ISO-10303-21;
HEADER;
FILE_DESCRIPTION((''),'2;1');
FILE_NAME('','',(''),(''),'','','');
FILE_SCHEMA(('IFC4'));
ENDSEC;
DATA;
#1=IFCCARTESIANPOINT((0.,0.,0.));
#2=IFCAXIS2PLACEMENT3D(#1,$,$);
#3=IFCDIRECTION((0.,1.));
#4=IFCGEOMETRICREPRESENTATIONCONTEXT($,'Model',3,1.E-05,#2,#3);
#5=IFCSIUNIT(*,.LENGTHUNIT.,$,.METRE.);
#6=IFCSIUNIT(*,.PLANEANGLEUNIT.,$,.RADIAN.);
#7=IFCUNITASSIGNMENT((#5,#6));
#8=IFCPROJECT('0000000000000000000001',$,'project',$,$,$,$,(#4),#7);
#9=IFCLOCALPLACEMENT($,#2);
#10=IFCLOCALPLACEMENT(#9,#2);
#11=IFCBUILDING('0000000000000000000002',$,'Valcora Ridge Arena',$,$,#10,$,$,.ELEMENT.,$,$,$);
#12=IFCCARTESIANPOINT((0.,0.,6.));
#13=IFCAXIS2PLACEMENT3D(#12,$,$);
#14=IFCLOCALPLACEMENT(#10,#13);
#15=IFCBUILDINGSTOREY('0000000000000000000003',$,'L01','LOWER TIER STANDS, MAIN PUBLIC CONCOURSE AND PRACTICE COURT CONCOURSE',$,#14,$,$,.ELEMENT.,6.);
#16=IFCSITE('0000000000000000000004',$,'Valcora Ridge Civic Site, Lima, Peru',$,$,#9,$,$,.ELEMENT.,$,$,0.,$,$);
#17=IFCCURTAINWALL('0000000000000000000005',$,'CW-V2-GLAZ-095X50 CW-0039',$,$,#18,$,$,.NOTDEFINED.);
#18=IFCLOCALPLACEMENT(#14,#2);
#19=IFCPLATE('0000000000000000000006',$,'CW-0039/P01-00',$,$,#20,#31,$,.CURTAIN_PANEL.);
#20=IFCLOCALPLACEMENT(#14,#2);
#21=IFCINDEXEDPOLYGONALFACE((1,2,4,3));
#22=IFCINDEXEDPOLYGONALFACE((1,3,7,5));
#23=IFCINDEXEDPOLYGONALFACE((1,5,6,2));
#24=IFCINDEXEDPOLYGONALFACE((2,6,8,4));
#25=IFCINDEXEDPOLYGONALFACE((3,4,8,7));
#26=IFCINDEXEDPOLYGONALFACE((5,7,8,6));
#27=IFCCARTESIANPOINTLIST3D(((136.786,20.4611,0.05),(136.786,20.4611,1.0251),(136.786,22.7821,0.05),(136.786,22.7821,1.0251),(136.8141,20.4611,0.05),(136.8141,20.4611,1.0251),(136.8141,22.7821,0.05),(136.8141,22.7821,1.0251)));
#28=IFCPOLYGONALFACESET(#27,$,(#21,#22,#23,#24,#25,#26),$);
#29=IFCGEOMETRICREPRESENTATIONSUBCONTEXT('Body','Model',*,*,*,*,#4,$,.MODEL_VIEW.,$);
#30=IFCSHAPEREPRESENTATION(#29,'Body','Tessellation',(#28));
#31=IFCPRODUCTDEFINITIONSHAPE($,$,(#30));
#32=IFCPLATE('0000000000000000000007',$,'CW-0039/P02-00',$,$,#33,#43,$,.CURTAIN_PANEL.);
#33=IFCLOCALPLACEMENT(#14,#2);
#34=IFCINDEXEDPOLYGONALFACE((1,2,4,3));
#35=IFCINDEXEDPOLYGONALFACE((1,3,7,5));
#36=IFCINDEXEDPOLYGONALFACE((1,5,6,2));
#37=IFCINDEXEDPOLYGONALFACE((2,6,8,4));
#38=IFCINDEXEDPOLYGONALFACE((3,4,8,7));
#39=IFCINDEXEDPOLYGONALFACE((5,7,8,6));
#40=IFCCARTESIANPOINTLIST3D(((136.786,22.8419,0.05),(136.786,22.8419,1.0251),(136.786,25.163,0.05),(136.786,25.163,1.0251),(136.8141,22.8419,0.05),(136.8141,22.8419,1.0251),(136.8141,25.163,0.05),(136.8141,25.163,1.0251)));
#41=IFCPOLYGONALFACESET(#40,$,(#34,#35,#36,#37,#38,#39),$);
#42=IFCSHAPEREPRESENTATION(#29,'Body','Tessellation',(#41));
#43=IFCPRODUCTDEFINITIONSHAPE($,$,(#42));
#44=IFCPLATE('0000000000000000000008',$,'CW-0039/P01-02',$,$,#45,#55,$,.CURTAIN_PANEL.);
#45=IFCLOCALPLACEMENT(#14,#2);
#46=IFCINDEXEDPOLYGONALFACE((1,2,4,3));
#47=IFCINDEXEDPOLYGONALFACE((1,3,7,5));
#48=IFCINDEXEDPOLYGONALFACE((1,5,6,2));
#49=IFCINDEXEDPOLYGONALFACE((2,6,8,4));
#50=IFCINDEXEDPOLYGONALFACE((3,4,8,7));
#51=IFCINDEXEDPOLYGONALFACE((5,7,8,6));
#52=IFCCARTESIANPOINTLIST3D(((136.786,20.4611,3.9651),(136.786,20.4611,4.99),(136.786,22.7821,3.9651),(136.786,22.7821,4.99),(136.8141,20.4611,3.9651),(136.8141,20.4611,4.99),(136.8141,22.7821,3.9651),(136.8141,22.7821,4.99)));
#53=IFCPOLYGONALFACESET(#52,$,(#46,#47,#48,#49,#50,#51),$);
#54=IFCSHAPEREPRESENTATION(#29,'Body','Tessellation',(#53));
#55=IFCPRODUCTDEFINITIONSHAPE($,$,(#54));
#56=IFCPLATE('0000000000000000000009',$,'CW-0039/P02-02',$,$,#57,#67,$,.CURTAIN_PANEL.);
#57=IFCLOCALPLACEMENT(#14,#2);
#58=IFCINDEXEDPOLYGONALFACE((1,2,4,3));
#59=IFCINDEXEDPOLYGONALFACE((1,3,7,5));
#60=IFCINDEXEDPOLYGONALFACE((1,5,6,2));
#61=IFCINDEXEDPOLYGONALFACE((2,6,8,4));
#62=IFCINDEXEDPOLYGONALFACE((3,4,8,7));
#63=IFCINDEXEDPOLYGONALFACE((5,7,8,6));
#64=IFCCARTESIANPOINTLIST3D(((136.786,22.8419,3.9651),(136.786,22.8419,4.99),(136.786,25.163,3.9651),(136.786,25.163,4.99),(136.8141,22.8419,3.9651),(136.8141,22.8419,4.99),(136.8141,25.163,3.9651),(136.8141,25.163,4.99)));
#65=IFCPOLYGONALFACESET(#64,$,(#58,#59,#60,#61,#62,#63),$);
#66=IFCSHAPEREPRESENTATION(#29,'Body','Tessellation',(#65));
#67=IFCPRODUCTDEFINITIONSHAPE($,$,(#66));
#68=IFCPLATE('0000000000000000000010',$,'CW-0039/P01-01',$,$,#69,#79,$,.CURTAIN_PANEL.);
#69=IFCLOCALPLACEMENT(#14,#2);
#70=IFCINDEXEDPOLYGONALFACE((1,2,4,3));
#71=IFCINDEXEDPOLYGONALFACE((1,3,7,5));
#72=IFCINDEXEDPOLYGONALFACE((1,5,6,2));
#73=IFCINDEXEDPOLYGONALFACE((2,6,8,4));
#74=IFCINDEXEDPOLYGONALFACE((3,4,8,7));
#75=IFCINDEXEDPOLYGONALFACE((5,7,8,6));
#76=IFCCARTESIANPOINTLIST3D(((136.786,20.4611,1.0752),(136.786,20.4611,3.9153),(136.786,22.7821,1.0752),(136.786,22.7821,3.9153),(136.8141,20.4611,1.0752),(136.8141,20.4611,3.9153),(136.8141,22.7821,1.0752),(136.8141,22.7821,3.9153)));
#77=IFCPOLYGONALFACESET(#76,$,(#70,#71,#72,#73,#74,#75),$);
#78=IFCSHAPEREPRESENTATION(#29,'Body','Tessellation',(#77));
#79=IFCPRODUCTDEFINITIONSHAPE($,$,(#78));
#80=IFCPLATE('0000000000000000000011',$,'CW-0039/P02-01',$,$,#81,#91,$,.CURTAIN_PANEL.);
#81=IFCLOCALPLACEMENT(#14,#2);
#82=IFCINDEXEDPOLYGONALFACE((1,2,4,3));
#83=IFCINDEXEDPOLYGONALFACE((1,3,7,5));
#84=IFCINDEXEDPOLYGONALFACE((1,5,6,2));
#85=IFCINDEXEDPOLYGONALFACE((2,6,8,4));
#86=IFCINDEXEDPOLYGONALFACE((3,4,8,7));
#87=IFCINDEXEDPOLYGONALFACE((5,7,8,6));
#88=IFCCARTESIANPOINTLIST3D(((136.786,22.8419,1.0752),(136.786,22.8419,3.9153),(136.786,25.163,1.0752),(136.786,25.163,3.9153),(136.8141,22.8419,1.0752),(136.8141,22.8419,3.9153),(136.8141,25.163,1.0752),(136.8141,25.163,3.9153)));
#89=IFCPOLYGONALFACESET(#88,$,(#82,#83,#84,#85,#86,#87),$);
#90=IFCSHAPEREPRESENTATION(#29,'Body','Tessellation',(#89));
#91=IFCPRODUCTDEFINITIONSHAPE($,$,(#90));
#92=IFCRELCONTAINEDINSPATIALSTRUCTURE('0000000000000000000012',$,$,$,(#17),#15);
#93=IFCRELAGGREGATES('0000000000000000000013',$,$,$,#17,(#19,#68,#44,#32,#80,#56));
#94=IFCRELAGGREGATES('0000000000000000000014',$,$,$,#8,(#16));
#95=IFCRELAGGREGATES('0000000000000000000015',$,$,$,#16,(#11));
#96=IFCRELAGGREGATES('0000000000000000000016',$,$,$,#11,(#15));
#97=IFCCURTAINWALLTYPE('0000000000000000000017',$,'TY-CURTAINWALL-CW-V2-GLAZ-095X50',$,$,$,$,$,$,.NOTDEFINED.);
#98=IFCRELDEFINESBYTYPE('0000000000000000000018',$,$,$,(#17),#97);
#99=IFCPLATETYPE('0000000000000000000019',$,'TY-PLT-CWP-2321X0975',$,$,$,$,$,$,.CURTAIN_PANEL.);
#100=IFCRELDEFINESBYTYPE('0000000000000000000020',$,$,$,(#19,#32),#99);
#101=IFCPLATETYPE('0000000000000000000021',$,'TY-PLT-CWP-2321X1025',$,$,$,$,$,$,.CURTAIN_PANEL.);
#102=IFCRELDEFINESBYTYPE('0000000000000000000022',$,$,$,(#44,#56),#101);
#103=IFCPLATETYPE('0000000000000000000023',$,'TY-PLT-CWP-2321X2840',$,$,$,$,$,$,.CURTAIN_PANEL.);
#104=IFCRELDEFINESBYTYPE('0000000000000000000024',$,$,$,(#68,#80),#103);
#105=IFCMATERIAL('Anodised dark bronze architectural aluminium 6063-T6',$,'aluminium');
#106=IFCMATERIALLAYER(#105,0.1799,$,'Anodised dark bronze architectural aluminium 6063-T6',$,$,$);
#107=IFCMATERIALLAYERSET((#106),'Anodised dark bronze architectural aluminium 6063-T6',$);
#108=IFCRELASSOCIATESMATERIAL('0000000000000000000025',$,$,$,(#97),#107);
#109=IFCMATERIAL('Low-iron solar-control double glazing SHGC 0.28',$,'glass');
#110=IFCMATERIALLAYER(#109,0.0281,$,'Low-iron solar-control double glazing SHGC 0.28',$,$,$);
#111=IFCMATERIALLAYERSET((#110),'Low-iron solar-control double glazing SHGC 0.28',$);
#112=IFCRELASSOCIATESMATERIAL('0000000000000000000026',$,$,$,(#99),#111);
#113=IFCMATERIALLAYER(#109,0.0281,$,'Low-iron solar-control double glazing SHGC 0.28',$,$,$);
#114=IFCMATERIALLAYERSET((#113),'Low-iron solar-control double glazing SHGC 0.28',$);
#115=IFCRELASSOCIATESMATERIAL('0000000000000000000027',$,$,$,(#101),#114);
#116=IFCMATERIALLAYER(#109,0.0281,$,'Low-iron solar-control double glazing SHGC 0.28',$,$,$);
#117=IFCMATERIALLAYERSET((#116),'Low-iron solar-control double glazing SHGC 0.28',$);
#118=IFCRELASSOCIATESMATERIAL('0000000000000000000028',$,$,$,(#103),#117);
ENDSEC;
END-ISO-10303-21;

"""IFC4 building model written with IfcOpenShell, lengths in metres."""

from ifc_helpers import new_model, si_unit, direction, frame, origin, origin_2d, place, context, subcontext, project, spatial, rectangle, extrude, material, layer, layer_set, type_object, element, aggregate, save


model = new_model("IFC4")

# Units and contexts
model_context = context("Model", 3, precision=1e-05, world=origin(), true_north=direction((0.0, 1.0)))
body_context = subcontext(model_context, "Body", "Model", "MODEL_VIEW")
ifc_project = project(units=[si_unit("LENGTHUNIT", "METRE"), si_unit("PLANEANGLEUNIT", "RADIAN")], contexts=[model_context])

# Site, building, storey
site_placement = place(None, origin())
site = spatial("IfcSite", under=ifc_project, at=site_placement, Name="Valcora Ridge Civic Site, Lima, Peru", CompositionType="ELEMENT", RefElevation=0.0)
building_placement = place(site_placement, origin())
building = spatial("IfcBuilding", under=site, at=building_placement, Name="Valcora Ridge Arena", CompositionType="ELEMENT")
storey_placement = place(building_placement, frame((0.0, 0.0, 6.0)))
storey = spatial("IfcBuildingStorey", under=building, at=storey_placement, Name="L01", Description="LOWER TIER STANDS, MAIN PUBLIC CONCOURSE AND PRACTICE COURT CONCOURSE", CompositionType="ELEMENT", Elevation=6.0)

# Curtain wall, plates
ifc_material_1 = material(Name="Anodised dark bronze architectural aluminium 6063-T6", Category="aluminium")
ifc_layer_1 = layer(ifc_material_1, 0.1799, Name="Anodised dark bronze architectural aluminium 6063-T6")
ifc_layer_set_1 = layer_set([ifc_layer_1], Name="Anodised dark bronze architectural aluminium 6063-T6")
curtain_wall_type = type_object("IfcCurtainWallType", Name="TY-CURTAINWALL-CW-V2-GLAZ-095X50", PredefinedType="NOTDEFINED", material=ifc_layer_set_1)
curtain_wall_placement = place(storey_placement, origin())
curtain_wall = element("IfcCurtainWall", 1, at=curtain_wall_placement, inside=storey, type_object=curtain_wall_type, Name="CW-V2-GLAZ-095X50 CW-0039", PredefinedType="NOTDEFINED")
ifc_material_2 = material(Name="Low-iron solar-control double glazing SHGC 0.28", Category="glass")
ifc_layer_2 = layer(ifc_material_2, 0.0281, Name="Low-iron solar-control double glazing SHGC 0.28")
ifc_layer_set_2 = layer_set([ifc_layer_2], Name="Low-iron solar-control double glazing SHGC 0.28")
plate_type_1 = type_object("IfcPlateType", Name="TY-PLT-CWP-2321X0975", PredefinedType="CURTAIN_PANEL", material=ifc_layer_set_2)
plate_1_placement = place(storey_placement, frame((136.8, 21.6216, 0.05), z_axis=(0.0, 0.0, 1.0), x_axis=(0.0, 1.0, 0.0)))
plate_1 = element("IfcPlate", 2, at=plate_1_placement, type_object=plate_type_1, Name="CW-0039/P01-00", PredefinedType="CURTAIN_PANEL", context=body_context, shape_type="SweptSolid", body=[
    extrude(rectangle(XDim=2.321, YDim=0.0281, at=origin_2d()), origin(), (0.0, 0.0, 1.0), 0.9751),
])
plate_2_placement = place(storey_placement, frame((136.8, 24.0024, 0.05), z_axis=(0.0, 0.0, 1.0), x_axis=(0.0, 1.0, 0.0)))
plate_2 = element("IfcPlate", 3, at=plate_2_placement, type_object=plate_type_1, Name="CW-0039/P02-00", PredefinedType="CURTAIN_PANEL", context=body_context, shape_type="SweptSolid", body=[
    extrude(rectangle(XDim=2.321, YDim=0.0281, at=origin_2d()), origin(), (0.0, 0.0, 1.0), 0.9751),
])
ifc_layer_3 = layer(ifc_material_2, 0.0281, Name="Low-iron solar-control double glazing SHGC 0.28")
ifc_layer_set_3 = layer_set([ifc_layer_3], Name="Low-iron solar-control double glazing SHGC 0.28")
plate_type_2 = type_object("IfcPlateType", Name="TY-PLT-CWP-2321X1025", PredefinedType="CURTAIN_PANEL", material=ifc_layer_set_3)
plate_3_placement = place(storey_placement, frame((136.8, 21.6216, 3.9651), z_axis=(0.0, 0.0, 1.0), x_axis=(0.0, 1.0, 0.0)))
plate_3 = element("IfcPlate", 4, at=plate_3_placement, type_object=plate_type_2, Name="CW-0039/P01-02", PredefinedType="CURTAIN_PANEL", context=body_context, shape_type="SweptSolid", body=[
    extrude(rectangle(XDim=2.321, YDim=0.0281, at=origin_2d()), origin(), (0.0, 0.0, 1.0), 1.0249),
])
plate_4_placement = place(storey_placement, frame((136.8, 24.0024, 3.9651), z_axis=(0.0, 0.0, 1.0), x_axis=(0.0, 1.0, 0.0)))
plate_4 = element("IfcPlate", 5, at=plate_4_placement, type_object=plate_type_2, Name="CW-0039/P02-02", PredefinedType="CURTAIN_PANEL", context=body_context, shape_type="SweptSolid", body=[
    extrude(rectangle(XDim=2.321, YDim=0.0281, at=origin_2d()), origin(), (0.0, 0.0, 1.0), 1.0249),
])
ifc_layer_4 = layer(ifc_material_2, 0.0281, Name="Low-iron solar-control double glazing SHGC 0.28")
ifc_layer_set_4 = layer_set([ifc_layer_4], Name="Low-iron solar-control double glazing SHGC 0.28")
plate_type_3 = type_object("IfcPlateType", Name="TY-PLT-CWP-2321X2840", PredefinedType="CURTAIN_PANEL", material=ifc_layer_set_4)
plate_5_placement = place(storey_placement, frame((136.8, 21.6216, 1.0752), z_axis=(0.0, 0.0, 1.0), x_axis=(0.0, 1.0, 0.0)))
plate_5 = element("IfcPlate", 6, at=plate_5_placement, type_object=plate_type_3, Name="CW-0039/P01-01", PredefinedType="CURTAIN_PANEL", context=body_context, shape_type="SweptSolid", body=[
    extrude(rectangle(XDim=2.321, YDim=0.0281, at=origin_2d()), origin(), (0.0, 0.0, 1.0), 2.8401),
])
plate_6_placement = place(storey_placement, frame((136.8, 24.0024, 1.0752), z_axis=(0.0, 0.0, 1.0), x_axis=(0.0, 1.0, 0.0)))
plate_6 = element("IfcPlate", 7, at=plate_6_placement, type_object=plate_type_3, Name="CW-0039/P02-01", PredefinedType="CURTAIN_PANEL", context=body_context, shape_type="SweptSolid", body=[
    extrude(rectangle(XDim=2.321, YDim=0.0281, at=origin_2d()), origin(), (0.0, 0.0, 1.0), 2.8401),
])
aggregate(curtain_wall, [plate_1, plate_5, plate_3, plate_2, plate_6, plate_4])

save(model, "model.ifc")
